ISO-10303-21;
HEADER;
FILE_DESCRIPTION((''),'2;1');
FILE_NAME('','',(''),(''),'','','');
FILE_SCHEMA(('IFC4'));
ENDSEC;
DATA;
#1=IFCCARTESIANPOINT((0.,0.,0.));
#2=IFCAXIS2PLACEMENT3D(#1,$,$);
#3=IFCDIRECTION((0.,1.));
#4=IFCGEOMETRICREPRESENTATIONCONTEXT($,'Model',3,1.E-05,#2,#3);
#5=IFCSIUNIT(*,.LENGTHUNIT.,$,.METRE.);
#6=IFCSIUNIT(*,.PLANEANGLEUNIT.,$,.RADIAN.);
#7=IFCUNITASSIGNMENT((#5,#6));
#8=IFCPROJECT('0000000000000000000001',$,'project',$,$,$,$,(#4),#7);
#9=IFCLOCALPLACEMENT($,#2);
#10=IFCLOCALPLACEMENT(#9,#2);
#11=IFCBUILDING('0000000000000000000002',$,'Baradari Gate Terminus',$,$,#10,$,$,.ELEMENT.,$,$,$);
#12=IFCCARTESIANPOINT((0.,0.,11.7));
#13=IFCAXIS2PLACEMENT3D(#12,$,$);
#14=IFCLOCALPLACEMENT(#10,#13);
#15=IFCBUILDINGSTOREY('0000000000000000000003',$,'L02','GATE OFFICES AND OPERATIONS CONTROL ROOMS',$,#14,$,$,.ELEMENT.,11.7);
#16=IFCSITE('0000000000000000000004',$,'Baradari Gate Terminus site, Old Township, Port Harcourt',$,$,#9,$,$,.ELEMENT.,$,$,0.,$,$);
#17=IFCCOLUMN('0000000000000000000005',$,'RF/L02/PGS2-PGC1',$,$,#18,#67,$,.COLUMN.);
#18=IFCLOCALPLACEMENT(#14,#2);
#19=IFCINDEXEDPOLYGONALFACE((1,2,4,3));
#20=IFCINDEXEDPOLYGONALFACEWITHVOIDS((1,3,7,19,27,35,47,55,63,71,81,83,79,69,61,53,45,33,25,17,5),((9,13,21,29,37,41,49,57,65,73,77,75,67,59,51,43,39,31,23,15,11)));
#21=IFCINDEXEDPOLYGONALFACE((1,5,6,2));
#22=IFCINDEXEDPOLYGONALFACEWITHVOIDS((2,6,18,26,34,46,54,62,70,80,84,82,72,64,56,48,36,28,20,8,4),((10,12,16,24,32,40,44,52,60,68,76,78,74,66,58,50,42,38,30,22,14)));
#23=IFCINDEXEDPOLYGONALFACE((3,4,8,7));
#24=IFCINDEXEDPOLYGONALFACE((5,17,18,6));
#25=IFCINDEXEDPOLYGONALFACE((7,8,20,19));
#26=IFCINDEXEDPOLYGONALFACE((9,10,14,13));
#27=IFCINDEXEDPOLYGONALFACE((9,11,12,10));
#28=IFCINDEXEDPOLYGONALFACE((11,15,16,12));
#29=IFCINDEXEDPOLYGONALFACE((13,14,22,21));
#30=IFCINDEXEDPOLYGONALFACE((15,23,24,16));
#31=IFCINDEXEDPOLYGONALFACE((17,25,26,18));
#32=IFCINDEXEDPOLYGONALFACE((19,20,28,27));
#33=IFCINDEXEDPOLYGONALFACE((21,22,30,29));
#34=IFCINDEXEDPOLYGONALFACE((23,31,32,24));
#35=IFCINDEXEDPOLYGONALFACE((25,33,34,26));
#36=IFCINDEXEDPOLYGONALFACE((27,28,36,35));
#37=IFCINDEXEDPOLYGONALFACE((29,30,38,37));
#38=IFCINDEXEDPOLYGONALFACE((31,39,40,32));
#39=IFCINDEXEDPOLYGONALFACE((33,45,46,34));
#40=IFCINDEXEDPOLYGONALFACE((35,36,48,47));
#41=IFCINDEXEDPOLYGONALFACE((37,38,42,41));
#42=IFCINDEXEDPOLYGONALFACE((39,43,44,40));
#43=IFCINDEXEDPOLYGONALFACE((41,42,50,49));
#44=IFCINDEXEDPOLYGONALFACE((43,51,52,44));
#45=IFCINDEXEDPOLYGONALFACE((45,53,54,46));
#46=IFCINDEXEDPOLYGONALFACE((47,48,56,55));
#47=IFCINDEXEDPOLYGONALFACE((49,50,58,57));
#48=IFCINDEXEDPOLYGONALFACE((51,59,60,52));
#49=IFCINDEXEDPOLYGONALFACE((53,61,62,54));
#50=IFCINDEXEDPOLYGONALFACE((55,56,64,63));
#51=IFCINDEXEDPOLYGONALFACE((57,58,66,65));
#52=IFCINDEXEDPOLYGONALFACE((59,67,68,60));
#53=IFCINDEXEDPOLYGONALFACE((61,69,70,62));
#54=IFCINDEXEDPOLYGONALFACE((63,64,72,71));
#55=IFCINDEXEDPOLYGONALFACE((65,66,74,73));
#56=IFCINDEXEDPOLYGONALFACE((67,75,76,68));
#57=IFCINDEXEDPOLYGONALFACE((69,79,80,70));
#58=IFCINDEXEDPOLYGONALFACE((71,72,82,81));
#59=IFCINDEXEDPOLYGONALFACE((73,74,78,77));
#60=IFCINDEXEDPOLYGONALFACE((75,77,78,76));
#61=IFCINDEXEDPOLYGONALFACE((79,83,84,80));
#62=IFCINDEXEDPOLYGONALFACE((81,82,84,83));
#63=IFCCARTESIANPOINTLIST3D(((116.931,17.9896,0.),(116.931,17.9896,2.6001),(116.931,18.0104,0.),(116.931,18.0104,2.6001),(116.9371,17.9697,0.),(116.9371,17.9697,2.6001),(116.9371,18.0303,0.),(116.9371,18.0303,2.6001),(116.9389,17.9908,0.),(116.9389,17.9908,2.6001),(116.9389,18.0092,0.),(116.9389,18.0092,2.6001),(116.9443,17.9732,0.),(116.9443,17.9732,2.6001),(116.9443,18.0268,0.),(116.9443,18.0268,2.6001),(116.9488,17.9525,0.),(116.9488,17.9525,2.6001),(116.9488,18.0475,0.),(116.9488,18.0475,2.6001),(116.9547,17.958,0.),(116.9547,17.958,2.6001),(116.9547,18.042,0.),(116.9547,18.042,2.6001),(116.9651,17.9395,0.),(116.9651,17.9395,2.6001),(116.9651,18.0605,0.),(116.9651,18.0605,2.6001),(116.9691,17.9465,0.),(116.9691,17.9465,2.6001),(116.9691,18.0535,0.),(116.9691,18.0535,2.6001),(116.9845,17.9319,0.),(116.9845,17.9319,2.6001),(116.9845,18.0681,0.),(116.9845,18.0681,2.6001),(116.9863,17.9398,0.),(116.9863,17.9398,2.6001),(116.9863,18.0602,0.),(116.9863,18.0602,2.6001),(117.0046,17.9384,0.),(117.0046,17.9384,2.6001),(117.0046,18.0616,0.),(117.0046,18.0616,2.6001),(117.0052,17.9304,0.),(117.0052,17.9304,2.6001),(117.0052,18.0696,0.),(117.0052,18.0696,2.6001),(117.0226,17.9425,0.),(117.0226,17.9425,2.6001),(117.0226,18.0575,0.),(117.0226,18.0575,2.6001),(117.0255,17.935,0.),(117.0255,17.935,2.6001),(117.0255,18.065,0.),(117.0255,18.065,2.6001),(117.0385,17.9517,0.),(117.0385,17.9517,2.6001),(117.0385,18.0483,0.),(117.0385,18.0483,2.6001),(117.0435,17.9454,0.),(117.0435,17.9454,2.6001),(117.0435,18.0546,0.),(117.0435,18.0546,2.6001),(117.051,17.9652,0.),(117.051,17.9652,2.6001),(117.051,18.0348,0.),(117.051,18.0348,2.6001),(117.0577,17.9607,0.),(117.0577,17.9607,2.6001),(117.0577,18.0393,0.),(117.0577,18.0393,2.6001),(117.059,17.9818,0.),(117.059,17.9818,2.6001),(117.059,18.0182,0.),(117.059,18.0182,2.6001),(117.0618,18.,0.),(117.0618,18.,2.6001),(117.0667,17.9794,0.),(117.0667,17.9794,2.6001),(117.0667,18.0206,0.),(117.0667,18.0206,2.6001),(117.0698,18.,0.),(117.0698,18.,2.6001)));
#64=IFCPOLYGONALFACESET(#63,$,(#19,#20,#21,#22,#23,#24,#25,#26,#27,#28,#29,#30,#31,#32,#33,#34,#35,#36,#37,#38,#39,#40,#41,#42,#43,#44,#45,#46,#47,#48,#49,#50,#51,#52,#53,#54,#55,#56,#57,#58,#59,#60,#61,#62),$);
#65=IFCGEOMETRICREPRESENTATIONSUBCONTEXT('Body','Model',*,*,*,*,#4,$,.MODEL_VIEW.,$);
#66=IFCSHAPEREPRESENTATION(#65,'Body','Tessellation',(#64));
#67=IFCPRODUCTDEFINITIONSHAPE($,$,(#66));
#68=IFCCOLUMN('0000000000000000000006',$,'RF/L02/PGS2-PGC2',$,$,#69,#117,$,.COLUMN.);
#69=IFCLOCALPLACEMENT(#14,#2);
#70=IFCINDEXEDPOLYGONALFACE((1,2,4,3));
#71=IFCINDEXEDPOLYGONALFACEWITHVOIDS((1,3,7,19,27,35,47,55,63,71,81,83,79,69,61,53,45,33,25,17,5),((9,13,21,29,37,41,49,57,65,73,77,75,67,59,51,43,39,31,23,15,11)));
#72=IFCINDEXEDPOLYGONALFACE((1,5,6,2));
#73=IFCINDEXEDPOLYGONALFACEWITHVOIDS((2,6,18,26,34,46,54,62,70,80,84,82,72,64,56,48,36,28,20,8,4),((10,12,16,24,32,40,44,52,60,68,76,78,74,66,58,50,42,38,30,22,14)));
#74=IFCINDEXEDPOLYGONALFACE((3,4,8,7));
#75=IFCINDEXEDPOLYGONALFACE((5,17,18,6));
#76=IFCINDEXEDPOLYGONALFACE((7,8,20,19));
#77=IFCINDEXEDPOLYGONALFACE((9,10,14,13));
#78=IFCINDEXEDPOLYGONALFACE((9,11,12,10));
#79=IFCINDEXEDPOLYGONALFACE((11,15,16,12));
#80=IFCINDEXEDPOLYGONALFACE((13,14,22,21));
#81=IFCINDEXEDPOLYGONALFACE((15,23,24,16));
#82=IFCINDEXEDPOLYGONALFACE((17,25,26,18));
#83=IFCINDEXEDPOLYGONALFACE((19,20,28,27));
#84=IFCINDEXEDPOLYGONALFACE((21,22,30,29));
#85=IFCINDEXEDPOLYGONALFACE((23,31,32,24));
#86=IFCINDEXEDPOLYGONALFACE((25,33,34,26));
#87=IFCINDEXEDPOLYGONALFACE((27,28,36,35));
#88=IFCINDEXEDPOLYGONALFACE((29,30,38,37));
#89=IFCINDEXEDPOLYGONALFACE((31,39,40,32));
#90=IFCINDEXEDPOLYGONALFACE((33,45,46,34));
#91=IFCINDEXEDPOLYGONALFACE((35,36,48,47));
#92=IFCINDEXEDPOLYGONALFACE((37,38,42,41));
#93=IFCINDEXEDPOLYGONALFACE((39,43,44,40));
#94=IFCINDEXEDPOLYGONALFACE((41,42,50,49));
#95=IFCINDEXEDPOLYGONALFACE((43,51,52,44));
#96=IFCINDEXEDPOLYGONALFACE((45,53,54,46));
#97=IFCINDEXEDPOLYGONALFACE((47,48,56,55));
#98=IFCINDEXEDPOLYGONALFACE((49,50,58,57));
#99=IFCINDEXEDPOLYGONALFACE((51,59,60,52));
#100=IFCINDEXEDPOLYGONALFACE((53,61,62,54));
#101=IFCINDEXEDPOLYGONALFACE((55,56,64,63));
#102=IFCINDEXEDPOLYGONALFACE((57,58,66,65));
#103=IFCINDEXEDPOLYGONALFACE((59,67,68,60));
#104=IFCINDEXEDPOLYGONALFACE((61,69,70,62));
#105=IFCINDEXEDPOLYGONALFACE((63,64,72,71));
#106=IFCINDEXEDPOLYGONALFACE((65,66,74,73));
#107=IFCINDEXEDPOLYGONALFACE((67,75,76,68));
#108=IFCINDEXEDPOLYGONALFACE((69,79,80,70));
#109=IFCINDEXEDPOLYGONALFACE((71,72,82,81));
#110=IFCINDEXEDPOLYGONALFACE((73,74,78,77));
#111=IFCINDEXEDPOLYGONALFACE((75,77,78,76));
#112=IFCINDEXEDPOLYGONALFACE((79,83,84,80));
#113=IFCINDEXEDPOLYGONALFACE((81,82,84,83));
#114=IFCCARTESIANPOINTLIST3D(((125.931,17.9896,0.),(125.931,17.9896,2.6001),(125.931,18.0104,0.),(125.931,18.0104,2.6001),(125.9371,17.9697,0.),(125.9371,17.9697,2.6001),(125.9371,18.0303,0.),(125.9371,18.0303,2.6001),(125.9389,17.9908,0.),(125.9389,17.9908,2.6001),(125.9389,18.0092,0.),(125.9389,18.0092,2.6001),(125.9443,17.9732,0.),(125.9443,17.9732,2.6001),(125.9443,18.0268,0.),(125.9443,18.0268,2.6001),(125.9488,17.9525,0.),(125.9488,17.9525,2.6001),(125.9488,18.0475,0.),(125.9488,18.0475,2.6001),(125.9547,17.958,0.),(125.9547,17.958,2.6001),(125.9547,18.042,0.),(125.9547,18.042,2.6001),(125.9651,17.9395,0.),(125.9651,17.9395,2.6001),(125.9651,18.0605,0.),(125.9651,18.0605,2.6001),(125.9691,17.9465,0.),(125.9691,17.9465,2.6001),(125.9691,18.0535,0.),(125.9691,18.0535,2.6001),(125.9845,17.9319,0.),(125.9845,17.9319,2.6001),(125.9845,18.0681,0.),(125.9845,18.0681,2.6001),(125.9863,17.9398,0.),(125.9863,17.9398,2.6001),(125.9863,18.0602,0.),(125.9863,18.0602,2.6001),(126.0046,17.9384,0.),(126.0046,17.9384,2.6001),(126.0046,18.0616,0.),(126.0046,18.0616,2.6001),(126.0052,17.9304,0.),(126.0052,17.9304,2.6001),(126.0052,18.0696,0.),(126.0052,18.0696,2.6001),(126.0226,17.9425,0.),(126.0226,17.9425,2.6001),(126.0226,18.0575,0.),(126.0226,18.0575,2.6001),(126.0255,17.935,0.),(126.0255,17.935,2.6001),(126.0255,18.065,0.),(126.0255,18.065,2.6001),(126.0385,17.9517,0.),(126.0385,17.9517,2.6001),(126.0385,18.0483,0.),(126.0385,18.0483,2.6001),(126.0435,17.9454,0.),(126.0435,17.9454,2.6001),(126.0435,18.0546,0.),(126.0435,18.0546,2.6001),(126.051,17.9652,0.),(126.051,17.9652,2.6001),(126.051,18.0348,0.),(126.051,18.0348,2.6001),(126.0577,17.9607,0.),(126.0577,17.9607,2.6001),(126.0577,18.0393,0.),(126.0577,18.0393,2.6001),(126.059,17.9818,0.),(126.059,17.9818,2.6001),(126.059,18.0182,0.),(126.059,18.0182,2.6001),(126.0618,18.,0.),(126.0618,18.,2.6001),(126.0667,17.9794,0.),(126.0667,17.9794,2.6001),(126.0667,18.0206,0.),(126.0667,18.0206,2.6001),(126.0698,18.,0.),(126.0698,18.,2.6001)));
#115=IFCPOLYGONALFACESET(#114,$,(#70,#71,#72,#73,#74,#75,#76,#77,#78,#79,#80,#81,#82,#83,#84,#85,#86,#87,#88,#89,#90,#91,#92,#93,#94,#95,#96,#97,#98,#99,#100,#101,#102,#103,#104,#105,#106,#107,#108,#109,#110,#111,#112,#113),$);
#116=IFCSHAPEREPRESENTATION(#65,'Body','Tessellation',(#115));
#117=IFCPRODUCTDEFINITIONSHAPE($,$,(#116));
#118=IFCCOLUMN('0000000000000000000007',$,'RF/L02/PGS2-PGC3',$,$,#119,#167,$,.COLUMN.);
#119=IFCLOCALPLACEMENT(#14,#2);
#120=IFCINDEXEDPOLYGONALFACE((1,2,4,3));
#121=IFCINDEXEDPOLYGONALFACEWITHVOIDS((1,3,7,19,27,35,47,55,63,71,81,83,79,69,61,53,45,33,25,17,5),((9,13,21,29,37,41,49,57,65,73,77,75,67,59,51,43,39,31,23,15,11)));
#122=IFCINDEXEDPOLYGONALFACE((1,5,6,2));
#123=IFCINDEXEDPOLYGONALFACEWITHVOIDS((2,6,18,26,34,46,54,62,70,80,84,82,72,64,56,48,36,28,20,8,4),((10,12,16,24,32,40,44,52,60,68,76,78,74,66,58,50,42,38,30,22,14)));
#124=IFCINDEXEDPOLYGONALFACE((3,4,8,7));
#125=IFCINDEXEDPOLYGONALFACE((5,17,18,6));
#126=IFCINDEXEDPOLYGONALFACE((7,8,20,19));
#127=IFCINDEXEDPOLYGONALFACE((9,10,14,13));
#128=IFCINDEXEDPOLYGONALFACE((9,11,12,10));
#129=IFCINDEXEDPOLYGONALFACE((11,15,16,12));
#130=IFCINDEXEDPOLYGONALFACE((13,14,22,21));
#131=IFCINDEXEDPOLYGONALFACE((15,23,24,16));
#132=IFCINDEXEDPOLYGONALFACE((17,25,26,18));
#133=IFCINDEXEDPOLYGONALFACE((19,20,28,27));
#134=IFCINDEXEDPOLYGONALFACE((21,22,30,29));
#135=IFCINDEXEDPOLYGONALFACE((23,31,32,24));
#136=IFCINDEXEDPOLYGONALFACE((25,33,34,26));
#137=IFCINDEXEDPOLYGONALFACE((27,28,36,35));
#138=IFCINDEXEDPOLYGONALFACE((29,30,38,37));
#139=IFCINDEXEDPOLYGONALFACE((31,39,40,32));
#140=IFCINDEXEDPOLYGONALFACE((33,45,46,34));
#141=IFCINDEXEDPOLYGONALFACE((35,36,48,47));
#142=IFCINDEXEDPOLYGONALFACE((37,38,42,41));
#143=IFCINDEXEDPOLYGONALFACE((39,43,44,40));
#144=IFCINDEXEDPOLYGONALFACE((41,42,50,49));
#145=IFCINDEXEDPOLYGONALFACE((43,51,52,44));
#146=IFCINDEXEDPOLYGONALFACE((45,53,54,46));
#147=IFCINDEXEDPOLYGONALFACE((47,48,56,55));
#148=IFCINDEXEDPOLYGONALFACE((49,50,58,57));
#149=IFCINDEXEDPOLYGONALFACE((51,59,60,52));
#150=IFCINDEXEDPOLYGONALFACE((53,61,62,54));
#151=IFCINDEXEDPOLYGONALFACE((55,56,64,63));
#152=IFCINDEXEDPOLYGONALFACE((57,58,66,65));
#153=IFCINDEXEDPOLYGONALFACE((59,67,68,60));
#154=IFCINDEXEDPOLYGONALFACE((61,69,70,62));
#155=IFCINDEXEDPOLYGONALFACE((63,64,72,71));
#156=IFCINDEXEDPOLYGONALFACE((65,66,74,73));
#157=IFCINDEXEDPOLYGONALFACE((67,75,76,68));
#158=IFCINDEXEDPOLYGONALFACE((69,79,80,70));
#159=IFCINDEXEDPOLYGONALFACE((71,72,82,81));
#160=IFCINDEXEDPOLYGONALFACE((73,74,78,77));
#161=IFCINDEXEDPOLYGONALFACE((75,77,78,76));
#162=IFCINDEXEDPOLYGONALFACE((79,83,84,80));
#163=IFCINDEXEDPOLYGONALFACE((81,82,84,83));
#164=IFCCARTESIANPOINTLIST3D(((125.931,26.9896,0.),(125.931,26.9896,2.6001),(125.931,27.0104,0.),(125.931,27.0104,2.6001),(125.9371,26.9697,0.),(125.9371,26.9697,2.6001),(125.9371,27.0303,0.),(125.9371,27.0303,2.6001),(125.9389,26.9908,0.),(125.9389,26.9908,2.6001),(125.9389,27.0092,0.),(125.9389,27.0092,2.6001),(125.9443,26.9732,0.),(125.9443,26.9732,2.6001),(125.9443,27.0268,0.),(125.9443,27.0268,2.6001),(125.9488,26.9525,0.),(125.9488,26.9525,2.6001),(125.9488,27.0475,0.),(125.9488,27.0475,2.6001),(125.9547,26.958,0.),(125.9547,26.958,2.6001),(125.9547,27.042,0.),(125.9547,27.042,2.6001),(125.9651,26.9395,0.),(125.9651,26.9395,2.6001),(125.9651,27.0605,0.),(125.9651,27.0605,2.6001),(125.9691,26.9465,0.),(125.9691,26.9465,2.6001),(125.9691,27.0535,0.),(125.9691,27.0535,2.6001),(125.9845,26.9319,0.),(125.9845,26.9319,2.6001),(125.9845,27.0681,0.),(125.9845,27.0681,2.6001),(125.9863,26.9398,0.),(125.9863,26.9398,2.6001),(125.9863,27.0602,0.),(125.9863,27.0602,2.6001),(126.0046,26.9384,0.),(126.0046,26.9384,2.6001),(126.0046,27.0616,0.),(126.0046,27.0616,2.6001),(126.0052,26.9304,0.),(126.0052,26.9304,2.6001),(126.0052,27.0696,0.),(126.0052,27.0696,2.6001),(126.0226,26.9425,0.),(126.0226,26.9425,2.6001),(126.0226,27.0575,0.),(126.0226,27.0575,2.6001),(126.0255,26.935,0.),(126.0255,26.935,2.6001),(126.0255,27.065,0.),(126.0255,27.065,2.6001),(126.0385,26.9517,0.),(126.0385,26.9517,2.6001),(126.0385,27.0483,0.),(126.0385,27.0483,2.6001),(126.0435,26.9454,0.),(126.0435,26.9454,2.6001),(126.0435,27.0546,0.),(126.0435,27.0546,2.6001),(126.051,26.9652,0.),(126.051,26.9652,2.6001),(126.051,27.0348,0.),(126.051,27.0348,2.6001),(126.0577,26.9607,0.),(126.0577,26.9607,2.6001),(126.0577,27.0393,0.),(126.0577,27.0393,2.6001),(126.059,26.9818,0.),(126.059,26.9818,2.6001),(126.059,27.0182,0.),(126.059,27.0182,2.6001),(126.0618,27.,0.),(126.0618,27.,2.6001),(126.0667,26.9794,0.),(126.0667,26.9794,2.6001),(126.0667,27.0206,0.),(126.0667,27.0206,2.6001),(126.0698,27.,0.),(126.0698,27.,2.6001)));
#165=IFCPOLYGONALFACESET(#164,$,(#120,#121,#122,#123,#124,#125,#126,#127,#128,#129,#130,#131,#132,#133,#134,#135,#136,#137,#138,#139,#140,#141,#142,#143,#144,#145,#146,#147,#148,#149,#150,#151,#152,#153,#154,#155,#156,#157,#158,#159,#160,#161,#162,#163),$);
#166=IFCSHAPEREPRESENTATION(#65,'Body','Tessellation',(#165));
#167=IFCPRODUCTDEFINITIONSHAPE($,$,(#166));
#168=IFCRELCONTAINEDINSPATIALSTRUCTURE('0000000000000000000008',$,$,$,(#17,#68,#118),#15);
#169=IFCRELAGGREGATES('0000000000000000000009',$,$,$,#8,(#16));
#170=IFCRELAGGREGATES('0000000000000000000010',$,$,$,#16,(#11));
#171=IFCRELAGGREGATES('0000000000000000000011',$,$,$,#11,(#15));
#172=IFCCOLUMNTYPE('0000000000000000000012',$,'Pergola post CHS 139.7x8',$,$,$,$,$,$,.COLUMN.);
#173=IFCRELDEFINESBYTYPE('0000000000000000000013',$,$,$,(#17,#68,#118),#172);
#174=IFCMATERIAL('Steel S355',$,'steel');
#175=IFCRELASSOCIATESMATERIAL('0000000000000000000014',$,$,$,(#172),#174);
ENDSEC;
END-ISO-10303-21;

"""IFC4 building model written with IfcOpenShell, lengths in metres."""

from ifc_helpers import new_model, si_unit, direction, frame, origin, origin_2d, place, context, subcontext, project, spatial, hollow_circle, extrude, material, material_profile, profile_set, type_object, element, save


model = new_model("IFC4")

# Units and contexts
model_context = context("Model", 3, precision=1e-05, world=origin(), true_north=direction((0.0, 1.0)))
body_context = subcontext(model_context, "Body", "Model", "MODEL_VIEW")
ifc_project = project(units=[si_unit("LENGTHUNIT", "METRE"), si_unit("PLANEANGLEUNIT", "RADIAN")], contexts=[model_context])

# Site, building, storey
site_placement = place(None, origin())
site = spatial("IfcSite", under=ifc_project, at=site_placement, Name="Baradari Gate Terminus site, Old Township, Port Harcourt", CompositionType="ELEMENT", RefElevation=0.0)
building_placement = place(site_placement, origin())
building = spatial("IfcBuilding", under=site, at=building_placement, Name="Baradari Gate Terminus", CompositionType="ELEMENT")
storey_placement = place(building_placement, frame((0.0, 0.0, 11.7)))
storey = spatial("IfcBuildingStorey", under=building, at=storey_placement, Name="L02", Description="GATE OFFICES AND OPERATIONS CONTROL ROOMS", CompositionType="ELEMENT", Elevation=11.7)

# Columns
ifc_material_1 = material(Name="Steel S355", Category="steel")
ifc_material_profile_1 = material_profile(ifc_material_1, hollow_circle(Radius=0.0698, WallThickness=0.0081, at=origin_2d()), Name="CHS 139.7x8")
ifc_profile_set_1 = profile_set([ifc_material_profile_1], Name="Steel S355")
column_type = type_object("IfcColumnType", Name="Pergola post CHS 139.7x8", PredefinedType="COLUMN", material=ifc_profile_set_1)
for number, where, z_axis, x_axis, name in (
    (1, (117.0, 18.0, 0.0), (0.0, 0.0, 1.0), (1.0, 0.0, 0.0), "RF/L02/PGS2-PGC1"),
    (2, (126.0, 18.0, 0.0), (0.0, 0.0, 1.0), (1.0, 0.0, 0.0), "RF/L02/PGS2-PGC2"),
    (3, (126.0, 27.0, 0.0), (0.0, 0.0, 1.0), (1.0, 0.0, 0.0), "RF/L02/PGS2-PGC3"),
):
    element("IfcColumn", number, at=place(storey_placement, frame(where, z_axis=z_axis, x_axis=x_axis)), inside=storey, type_object=column_type, Name=name, PredefinedType="COLUMN", context=body_context, shape_type="SweptSolid", body=[
        extrude(hollow_circle(Radius=0.0698, WallThickness=0.0081, at=origin_2d()), origin(), (0.0, 0.0, 1.0), 2.6001),
    ])

save(model, "model.ifc")
